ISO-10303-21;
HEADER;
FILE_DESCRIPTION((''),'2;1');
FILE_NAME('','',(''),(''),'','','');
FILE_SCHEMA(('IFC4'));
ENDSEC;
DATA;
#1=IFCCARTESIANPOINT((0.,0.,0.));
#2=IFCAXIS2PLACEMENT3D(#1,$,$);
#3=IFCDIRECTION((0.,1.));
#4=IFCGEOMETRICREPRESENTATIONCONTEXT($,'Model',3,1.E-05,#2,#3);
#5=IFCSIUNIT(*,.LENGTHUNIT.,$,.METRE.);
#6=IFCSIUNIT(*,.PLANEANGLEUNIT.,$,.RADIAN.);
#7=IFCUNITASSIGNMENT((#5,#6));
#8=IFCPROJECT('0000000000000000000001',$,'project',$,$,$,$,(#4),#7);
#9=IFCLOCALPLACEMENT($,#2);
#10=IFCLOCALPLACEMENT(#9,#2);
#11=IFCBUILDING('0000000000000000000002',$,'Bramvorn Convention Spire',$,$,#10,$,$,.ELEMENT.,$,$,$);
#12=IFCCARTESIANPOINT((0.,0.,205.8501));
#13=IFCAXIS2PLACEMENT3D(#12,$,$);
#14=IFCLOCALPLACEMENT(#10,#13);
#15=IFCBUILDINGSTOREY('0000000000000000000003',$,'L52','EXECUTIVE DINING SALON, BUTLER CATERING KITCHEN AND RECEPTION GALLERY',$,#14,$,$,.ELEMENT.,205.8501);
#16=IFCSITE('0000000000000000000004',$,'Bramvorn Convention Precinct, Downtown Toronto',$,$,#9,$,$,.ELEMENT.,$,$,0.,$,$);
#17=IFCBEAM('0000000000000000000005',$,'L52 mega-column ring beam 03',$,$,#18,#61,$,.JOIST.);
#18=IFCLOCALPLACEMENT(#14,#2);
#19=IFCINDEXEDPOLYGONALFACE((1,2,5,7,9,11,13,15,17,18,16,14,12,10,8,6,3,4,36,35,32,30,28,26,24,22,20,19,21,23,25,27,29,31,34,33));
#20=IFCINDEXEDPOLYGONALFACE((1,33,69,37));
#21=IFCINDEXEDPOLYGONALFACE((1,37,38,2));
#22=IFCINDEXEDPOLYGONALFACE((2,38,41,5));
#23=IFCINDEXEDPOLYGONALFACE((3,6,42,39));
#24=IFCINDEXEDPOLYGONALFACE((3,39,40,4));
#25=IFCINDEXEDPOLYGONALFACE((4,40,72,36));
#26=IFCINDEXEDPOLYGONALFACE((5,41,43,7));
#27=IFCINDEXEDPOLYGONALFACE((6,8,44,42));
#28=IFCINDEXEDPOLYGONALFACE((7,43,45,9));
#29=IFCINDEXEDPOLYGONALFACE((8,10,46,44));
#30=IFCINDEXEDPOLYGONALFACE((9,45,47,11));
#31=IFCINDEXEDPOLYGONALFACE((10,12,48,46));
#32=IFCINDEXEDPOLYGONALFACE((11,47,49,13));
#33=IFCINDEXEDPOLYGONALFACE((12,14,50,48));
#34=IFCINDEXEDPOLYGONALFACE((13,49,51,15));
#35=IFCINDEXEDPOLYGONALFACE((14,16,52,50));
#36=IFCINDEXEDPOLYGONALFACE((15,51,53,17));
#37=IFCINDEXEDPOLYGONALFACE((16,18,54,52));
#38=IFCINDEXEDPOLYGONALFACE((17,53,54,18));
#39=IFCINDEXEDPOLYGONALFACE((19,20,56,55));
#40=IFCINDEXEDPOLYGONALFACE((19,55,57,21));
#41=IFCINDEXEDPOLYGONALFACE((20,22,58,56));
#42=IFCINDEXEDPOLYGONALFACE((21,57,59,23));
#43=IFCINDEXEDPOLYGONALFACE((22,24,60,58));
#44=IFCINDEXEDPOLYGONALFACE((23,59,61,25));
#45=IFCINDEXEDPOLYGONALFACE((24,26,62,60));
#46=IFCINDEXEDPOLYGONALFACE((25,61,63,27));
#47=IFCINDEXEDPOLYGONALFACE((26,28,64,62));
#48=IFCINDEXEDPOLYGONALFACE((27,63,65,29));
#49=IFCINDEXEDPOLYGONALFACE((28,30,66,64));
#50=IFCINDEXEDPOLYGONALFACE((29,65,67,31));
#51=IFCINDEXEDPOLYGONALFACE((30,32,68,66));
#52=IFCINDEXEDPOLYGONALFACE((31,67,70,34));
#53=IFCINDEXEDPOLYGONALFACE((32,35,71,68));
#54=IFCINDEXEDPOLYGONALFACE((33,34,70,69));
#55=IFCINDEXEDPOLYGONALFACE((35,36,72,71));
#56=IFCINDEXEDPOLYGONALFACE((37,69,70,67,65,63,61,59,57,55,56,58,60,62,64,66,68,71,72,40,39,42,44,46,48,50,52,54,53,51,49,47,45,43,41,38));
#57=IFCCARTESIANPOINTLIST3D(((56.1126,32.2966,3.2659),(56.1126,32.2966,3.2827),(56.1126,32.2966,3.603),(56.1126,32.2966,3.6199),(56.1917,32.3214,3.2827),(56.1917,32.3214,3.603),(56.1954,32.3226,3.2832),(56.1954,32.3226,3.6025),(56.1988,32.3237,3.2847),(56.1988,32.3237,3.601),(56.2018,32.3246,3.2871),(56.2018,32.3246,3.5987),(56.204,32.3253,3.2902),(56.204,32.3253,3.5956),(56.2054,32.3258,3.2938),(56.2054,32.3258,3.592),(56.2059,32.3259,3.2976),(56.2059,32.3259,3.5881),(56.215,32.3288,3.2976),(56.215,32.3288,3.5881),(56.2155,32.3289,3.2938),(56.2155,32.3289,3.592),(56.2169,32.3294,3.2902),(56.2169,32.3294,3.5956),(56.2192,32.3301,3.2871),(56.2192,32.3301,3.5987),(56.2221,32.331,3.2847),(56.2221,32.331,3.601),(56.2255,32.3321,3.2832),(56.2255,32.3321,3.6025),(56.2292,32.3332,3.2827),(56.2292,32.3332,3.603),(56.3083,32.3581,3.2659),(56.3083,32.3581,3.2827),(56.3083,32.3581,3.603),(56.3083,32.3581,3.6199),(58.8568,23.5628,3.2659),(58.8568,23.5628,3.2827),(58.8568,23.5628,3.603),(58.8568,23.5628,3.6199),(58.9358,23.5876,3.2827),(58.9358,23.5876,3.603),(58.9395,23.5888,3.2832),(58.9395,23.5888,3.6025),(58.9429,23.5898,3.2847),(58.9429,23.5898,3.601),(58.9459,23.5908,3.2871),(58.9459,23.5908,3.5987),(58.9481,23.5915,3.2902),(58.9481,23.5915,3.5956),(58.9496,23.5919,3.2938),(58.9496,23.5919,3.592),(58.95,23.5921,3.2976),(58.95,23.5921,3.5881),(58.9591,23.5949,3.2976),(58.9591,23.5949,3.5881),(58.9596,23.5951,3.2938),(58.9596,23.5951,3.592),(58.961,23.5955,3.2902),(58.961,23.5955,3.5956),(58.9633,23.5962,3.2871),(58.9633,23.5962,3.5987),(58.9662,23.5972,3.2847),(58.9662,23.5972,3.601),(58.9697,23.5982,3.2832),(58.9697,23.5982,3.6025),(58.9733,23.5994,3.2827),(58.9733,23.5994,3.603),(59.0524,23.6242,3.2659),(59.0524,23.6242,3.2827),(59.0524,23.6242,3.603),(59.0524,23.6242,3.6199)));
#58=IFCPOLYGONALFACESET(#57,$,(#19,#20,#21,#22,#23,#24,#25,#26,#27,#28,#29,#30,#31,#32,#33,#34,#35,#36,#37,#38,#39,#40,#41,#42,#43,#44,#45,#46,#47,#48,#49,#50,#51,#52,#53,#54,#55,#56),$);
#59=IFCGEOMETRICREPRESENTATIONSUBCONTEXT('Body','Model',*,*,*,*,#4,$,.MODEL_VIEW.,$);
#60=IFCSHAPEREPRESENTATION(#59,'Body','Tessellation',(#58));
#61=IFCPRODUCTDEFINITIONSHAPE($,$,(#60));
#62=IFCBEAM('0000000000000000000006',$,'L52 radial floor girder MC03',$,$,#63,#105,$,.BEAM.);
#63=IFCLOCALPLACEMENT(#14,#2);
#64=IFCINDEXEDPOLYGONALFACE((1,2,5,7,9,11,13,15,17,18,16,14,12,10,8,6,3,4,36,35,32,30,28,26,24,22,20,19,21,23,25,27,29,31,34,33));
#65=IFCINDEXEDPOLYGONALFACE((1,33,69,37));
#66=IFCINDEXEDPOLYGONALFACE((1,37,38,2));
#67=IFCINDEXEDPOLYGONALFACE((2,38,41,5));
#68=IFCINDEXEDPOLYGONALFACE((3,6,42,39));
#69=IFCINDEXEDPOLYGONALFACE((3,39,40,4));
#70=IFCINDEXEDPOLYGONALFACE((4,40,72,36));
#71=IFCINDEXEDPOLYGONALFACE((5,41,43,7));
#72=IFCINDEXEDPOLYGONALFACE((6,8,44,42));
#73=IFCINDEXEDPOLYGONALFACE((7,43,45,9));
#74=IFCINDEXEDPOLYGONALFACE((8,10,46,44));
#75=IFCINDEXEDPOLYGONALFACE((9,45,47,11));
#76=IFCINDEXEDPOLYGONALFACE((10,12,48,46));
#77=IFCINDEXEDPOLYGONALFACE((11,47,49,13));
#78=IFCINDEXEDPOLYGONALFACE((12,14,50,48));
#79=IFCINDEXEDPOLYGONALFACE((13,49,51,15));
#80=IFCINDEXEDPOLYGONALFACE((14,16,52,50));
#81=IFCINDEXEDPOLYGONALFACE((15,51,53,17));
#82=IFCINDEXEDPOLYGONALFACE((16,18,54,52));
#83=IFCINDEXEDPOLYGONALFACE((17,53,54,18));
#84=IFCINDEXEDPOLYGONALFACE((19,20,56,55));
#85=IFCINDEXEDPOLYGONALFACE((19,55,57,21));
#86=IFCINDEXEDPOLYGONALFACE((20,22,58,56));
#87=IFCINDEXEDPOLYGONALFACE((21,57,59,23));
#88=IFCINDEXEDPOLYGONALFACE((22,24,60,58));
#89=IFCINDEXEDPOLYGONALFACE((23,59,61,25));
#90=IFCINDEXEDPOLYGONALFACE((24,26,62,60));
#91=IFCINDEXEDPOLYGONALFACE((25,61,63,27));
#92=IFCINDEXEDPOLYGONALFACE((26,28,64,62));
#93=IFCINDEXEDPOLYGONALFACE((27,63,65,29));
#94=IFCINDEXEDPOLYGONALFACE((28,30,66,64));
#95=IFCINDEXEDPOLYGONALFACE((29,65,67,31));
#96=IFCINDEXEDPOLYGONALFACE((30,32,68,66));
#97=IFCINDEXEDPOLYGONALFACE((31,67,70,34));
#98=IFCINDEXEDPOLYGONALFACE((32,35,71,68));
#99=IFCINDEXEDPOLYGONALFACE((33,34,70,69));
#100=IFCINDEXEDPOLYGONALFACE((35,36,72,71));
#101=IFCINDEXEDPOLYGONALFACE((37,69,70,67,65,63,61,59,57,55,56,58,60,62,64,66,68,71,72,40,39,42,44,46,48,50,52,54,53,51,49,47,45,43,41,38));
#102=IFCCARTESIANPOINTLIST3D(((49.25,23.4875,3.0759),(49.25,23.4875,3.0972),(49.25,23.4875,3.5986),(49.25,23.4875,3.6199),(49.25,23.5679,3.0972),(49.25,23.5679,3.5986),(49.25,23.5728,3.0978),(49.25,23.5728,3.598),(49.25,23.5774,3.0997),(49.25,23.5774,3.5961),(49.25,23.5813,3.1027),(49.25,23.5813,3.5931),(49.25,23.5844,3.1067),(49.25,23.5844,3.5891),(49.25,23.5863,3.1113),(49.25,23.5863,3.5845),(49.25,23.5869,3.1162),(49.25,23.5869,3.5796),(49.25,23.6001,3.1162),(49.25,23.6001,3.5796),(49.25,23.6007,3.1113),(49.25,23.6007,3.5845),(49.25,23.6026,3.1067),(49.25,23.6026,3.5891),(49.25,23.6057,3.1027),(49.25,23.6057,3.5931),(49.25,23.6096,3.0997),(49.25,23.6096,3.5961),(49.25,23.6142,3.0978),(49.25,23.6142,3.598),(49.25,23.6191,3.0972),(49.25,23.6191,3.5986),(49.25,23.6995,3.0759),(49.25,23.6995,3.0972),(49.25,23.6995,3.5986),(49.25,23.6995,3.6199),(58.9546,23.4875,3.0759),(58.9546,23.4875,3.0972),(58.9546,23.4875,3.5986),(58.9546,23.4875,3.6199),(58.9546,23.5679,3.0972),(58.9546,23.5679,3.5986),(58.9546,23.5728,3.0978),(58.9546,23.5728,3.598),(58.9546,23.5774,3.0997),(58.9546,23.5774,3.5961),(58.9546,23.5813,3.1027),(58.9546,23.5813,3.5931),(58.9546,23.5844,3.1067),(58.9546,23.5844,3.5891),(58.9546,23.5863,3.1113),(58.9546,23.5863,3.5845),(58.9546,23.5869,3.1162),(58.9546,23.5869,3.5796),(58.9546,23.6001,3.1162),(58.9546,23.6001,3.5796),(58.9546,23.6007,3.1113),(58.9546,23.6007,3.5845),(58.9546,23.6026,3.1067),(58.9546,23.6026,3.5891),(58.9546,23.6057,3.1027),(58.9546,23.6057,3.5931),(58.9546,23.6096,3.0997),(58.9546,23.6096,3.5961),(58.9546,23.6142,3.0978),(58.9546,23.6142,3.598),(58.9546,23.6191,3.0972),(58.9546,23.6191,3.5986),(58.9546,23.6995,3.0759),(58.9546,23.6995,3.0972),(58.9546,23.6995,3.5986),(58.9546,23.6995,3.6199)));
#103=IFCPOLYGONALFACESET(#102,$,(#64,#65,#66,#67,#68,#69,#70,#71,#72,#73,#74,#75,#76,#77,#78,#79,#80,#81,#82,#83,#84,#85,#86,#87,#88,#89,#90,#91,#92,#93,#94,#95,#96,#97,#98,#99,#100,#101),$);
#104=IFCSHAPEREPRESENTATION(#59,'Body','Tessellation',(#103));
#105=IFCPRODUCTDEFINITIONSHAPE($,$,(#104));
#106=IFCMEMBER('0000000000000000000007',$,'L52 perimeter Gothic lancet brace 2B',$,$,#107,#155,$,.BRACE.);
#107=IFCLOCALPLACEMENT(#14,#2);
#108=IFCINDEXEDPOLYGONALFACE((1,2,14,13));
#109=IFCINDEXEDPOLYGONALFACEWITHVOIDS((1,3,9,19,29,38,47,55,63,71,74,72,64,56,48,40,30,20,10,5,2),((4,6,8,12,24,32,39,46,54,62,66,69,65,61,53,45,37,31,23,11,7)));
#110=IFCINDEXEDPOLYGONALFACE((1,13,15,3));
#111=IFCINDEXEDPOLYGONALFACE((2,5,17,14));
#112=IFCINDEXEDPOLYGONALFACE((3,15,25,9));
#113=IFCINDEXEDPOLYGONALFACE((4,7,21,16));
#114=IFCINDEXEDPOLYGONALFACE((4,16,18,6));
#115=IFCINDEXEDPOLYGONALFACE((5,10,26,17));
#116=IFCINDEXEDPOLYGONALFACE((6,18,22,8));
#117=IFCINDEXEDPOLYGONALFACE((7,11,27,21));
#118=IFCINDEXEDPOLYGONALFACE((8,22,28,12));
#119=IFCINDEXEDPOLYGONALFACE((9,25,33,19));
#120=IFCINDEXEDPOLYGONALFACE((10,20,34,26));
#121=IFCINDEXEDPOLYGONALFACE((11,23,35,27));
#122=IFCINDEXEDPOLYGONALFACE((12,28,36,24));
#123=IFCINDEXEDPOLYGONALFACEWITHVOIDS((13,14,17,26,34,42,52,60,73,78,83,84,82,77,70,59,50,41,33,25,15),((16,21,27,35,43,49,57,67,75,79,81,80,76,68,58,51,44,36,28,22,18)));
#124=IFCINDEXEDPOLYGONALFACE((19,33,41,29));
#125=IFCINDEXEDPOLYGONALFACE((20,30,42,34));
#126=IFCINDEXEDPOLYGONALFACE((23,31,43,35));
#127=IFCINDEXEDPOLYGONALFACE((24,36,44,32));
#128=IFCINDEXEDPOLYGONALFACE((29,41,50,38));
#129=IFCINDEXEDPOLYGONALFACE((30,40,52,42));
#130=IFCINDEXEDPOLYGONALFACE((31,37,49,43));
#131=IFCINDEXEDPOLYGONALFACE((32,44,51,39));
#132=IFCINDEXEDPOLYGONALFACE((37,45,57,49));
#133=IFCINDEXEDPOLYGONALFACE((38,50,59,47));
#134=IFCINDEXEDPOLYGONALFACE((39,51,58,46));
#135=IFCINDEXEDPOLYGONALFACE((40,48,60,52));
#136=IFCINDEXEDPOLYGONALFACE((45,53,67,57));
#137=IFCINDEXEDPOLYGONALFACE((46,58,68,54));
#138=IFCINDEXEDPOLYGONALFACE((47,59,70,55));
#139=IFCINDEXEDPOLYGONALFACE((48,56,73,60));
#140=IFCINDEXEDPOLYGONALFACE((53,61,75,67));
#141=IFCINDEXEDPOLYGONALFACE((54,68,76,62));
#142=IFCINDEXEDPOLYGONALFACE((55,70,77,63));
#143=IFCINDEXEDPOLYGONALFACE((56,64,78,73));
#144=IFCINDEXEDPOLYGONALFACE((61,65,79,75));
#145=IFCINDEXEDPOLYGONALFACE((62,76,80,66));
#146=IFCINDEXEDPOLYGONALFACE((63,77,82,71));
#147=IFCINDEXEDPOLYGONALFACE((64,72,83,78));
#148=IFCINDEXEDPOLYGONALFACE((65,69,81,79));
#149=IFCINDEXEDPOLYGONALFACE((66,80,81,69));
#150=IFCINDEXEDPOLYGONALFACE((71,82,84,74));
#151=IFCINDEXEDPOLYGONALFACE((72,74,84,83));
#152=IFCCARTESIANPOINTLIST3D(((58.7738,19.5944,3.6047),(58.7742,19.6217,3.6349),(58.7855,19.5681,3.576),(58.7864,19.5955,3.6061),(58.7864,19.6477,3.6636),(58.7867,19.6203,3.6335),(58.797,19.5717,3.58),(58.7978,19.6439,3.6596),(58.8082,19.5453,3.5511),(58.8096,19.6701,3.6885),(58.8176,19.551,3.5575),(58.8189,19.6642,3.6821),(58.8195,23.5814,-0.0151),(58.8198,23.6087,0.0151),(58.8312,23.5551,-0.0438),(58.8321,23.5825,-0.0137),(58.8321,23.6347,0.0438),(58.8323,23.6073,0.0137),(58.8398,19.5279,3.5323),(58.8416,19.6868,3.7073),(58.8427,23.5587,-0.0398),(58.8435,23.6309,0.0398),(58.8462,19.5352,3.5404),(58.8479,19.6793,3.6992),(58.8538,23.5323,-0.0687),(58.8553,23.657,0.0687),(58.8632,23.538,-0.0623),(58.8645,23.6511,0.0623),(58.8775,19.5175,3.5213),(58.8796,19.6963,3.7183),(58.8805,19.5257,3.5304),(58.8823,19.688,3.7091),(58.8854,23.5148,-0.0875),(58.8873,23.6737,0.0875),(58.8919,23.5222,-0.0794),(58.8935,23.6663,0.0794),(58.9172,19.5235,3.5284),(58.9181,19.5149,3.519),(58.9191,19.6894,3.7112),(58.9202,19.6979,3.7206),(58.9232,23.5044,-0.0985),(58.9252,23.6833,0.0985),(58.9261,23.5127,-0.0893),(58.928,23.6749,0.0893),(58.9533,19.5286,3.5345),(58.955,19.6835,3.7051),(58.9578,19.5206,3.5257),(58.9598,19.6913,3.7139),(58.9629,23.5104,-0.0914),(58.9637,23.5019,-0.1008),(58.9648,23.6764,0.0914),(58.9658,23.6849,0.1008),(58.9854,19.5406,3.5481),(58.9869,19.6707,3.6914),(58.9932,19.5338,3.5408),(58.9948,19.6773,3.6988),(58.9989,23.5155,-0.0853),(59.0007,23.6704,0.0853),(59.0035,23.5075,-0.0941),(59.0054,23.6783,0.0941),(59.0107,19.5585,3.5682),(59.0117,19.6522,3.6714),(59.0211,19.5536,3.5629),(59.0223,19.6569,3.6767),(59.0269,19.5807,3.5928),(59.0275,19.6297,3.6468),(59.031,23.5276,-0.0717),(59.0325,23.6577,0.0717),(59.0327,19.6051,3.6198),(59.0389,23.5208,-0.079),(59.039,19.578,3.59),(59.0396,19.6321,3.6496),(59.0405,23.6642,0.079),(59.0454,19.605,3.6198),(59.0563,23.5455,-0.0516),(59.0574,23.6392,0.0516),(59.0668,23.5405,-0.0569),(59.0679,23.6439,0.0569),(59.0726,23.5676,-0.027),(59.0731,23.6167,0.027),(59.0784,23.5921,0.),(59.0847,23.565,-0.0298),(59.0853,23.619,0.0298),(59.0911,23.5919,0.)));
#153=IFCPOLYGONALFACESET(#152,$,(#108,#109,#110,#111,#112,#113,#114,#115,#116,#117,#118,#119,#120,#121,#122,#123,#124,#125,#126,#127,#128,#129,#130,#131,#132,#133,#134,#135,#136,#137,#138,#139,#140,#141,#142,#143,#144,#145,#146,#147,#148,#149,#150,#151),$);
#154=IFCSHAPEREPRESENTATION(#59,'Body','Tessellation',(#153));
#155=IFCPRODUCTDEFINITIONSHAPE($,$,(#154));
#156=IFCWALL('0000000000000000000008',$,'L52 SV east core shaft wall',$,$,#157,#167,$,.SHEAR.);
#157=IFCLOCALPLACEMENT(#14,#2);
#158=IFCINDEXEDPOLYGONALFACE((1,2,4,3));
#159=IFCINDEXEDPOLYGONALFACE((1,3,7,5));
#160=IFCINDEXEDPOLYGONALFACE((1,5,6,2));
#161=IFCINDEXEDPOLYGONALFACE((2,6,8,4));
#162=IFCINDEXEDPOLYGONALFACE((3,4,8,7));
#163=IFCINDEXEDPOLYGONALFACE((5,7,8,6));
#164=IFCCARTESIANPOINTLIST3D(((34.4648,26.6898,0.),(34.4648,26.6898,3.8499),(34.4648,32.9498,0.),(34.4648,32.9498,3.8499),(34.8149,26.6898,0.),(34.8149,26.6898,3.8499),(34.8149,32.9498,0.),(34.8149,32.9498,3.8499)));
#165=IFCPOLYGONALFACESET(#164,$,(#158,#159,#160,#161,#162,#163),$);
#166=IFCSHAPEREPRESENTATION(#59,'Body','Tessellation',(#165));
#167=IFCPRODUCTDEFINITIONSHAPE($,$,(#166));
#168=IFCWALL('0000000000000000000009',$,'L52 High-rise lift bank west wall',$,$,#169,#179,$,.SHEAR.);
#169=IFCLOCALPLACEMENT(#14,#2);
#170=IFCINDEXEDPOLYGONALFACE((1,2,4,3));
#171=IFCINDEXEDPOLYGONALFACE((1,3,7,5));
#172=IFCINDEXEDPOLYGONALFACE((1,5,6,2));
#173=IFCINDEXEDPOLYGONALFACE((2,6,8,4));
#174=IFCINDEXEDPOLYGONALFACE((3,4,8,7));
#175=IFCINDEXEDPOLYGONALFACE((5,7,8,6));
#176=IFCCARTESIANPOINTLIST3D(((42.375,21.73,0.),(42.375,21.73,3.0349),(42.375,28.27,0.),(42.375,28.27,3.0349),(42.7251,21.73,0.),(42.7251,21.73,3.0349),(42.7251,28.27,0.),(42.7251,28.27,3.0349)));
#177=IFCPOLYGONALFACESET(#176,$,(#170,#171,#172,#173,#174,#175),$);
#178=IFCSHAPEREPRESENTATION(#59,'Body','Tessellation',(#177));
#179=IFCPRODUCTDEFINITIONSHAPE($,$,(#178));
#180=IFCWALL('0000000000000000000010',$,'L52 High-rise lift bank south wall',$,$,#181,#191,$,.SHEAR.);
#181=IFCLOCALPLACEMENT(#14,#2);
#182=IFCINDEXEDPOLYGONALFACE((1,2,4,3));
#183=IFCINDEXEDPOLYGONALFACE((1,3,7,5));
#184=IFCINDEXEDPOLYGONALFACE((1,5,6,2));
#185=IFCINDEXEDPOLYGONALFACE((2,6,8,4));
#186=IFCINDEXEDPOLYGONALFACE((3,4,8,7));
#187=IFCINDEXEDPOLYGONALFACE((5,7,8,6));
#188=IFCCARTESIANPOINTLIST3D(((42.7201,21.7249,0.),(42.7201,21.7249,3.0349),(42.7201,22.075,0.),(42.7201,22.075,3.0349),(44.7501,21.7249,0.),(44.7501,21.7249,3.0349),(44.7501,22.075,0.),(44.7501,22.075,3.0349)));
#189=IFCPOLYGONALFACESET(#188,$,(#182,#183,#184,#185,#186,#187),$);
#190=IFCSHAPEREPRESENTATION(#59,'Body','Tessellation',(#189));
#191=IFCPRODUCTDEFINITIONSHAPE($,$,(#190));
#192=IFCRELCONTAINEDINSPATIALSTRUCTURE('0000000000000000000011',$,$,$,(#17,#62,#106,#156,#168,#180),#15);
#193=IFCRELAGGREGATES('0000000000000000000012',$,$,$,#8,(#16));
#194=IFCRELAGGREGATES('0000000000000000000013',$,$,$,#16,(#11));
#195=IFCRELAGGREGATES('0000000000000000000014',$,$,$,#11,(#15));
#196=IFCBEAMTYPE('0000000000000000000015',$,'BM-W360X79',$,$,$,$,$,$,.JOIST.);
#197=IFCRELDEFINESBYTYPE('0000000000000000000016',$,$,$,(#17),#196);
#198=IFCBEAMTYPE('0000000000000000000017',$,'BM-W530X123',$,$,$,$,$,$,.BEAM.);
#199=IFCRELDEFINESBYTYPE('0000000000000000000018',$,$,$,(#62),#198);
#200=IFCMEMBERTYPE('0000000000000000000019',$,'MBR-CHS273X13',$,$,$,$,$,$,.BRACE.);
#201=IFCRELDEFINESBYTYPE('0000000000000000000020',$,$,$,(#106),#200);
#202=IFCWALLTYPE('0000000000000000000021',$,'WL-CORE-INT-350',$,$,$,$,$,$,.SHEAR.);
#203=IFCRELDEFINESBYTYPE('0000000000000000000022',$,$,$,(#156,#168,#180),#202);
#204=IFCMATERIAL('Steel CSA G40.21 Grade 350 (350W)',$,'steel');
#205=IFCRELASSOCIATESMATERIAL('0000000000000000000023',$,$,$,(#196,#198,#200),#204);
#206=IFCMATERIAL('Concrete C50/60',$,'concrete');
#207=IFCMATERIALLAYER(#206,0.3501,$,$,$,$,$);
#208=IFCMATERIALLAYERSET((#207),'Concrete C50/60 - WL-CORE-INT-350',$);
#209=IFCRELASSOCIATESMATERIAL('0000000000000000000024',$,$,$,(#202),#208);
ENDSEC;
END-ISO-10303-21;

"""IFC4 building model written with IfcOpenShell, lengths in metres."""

from ifc_helpers import new_model, si_unit, direction, frame, frame_2d, origin, origin_2d, place, context, subcontext, project, spatial, rectangle, hollow_circle, i_section, extrude, material, layer, layer_set, material_profile, profile_set, type_object, element, save


model = new_model("IFC4")

# Units and contexts
model_context = context("Model", 3, precision=1e-05, world=origin(), true_north=direction((0.0, 1.0)))
body_context = subcontext(model_context, "Body", "Model", "MODEL_VIEW")
ifc_project = project(units=[si_unit("LENGTHUNIT", "METRE"), si_unit("PLANEANGLEUNIT", "RADIAN")], contexts=[model_context])

# Site, building, storey
site_placement = place(None, origin())
site = spatial("IfcSite", under=ifc_project, at=site_placement, Name="Bramvorn Convention Precinct, Downtown Toronto", CompositionType="ELEMENT", RefElevation=0.0)
building_placement = place(site_placement, origin())
building = spatial("IfcBuilding", under=site, at=building_placement, Name="Bramvorn Convention Spire", CompositionType="ELEMENT")
storey_placement = place(building_placement, frame((0.0, 0.0, 205.8501)))
storey = spatial("IfcBuildingStorey", under=building, at=storey_placement, Name="L52", Description="EXECUTIVE DINING SALON, BUTLER CATERING KITCHEN AND RECEPTION GALLERY", CompositionType="ELEMENT", Elevation=205.8501)

# Shared definitions
ifc_material_1 = material(Name="Steel CSA G40.21 Grade 350 (350W)", Category="steel")

# Beams
ifc_material_profile_1 = material_profile(ifc_material_1, i_section(OverallWidth=0.2051, OverallDepth=0.354, WebThickness=0.0095, FlangeThickness=0.0168, FilletRadius=0.0149, at=origin_2d()))
ifc_profile_set_1 = profile_set([ifc_material_profile_1], Name="Steel CSA G40.21 Grade 350 (350W) - W360X79")
beam_type_1 = type_object("IfcBeamType", Name="BM-W360X79", PredefinedType="JOIST", material=ifc_profile_set_1)
beam_1_placement = place(storey_placement, frame((58.9546, 23.5935, 3.4429), z_axis=(-0.299748, 0.954019, 0.0), x_axis=(-0.954019, -0.299748, 0.0)))
element("IfcBeam", 1, at=beam_1_placement, inside=storey, type_object=beam_type_1, Name="L52 mega-column ring beam 03", PredefinedType="JOIST", context=body_context, shape_type="SweptSolid", body=[
    extrude(i_section(OverallWidth=0.2051, OverallDepth=0.354, WebThickness=0.0095, FlangeThickness=0.0168, FilletRadius=0.0149, at=origin_2d()), origin(), (0.0, 0.0, 1.0), 9.1548),
])
ifc_material_profile_2 = material_profile(ifc_material_1, i_section(OverallWidth=0.2119, OverallDepth=0.5439, WebThickness=0.0132, FlangeThickness=0.0212, FilletRadius=0.019, at=origin_2d()))
ifc_profile_set_2 = profile_set([ifc_material_profile_2], Name="Steel CSA G40.21 Grade 350 (350W) - W530X123")
beam_type_2 = type_object("IfcBeamType", Name="BM-W530X123", PredefinedType="BEAM", material=ifc_profile_set_2)
beam_2_placement = place(storey_placement, frame((49.25, 23.5935, 3.3479), z_axis=(1.0, 0.0, 0.0), x_axis=(0.0, 1.0, 0.0)))
element("IfcBeam", 2, at=beam_2_placement, inside=storey, type_object=beam_type_2, Name="L52 radial floor girder MC03", PredefinedType="BEAM", context=body_context, shape_type="SweptSolid", body=[
    extrude(i_section(OverallWidth=0.2119, OverallDepth=0.5439, WebThickness=0.0132, FlangeThickness=0.0212, FilletRadius=0.019, at=origin_2d()), origin(), (0.0, 0.0, 1.0), 9.7046),
])

# Member
ifc_material_profile_3 = material_profile(ifc_material_1, hollow_circle(Radius=0.1365, WallThickness=0.0127, at=origin_2d()))
ifc_profile_set_3 = profile_set([ifc_material_profile_3], Name="Steel CSA G40.21 Grade 350 (350W) - CHS273X13")
member_type = type_object("IfcMemberType", Name="MBR-CHS273X13", PredefinedType="BRACE", material=ifc_profile_set_3)
member_placement = place(storey_placement, frame((58.9546, 23.5935, 0.0), z_axis=(-0.008477, -0.74035, 0.672168), x_axis=(0.999934, -0.01145, 0.0)))
element("IfcMember", 3, at=member_placement, inside=storey, type_object=member_type, Name="L52 perimeter Gothic lancet brace 2B", PredefinedType="BRACE", context=body_context, shape_type="SweptSolid", body=[
    extrude(hollow_circle(Radius=0.1365, WallThickness=0.0127, at=origin_2d()), origin(), (0.0, 0.0, 1.0), 5.3853),
])

# Walls
ifc_material_2 = material(Name="Concrete C50/60", Category="concrete")
ifc_layer_1 = layer(ifc_material_2, 0.3501)
ifc_layer_set_1 = layer_set([ifc_layer_1], Name="Concrete C50/60 - WL-CORE-INT-350")
wall_type_1 = type_object("IfcWallType", Name="WL-CORE-INT-350", PredefinedType="SHEAR", material=ifc_layer_set_1)
wall_1_placement = place(storey_placement, frame((34.6399, 26.6899, 0.0), z_axis=(0.0, 0.0, 1.0), x_axis=(0.0, 1.0, 0.0)))
element("IfcWall", 4, at=wall_1_placement, inside=storey, type_object=wall_type_1, Name="L52 SV east core shaft wall", PredefinedType="SHEAR", context=body_context, shape_type="SweptSolid", body=[
    extrude(rectangle(XDim=6.26, YDim=0.3501, at=frame_2d((3.1299, 0.0))), origin(), (0.0, 0.0, 1.0), 3.8499),
])
wall_2_placement = place(storey_placement, frame((42.55, 21.73, 0.0), z_axis=(0.0, 0.0, 1.0), x_axis=(0.0, 1.0, 0.0)))
element("IfcWall", 5, at=wall_2_placement, inside=storey, type_object=wall_type_1, Name="L52 High-rise lift bank west wall", PredefinedType="SHEAR", context=body_context, shape_type="SweptSolid", body=[
    extrude(rectangle(XDim=6.54, YDim=0.3501, at=frame_2d((3.27, 0.0))), origin(), (0.0, 0.0, 1.0), 3.0349),
])
wall_3_placement = place(storey_placement, frame((42.72, 21.8999, 0.0), z_axis=(0.0, 0.0, 1.0), x_axis=(1.0, 0.0, 0.0)))
element("IfcWall", 6, at=wall_3_placement, inside=storey, type_object=wall_type_1, Name="L52 High-rise lift bank south wall", PredefinedType="SHEAR", context=body_context, shape_type="SweptSolid", body=[
    extrude(rectangle(XDim=2.03, YDim=0.3501, at=frame_2d((1.0151, 0.0))), origin(), (0.0, 0.0, 1.0), 3.0349),
])

save(model, "model.ifc")
